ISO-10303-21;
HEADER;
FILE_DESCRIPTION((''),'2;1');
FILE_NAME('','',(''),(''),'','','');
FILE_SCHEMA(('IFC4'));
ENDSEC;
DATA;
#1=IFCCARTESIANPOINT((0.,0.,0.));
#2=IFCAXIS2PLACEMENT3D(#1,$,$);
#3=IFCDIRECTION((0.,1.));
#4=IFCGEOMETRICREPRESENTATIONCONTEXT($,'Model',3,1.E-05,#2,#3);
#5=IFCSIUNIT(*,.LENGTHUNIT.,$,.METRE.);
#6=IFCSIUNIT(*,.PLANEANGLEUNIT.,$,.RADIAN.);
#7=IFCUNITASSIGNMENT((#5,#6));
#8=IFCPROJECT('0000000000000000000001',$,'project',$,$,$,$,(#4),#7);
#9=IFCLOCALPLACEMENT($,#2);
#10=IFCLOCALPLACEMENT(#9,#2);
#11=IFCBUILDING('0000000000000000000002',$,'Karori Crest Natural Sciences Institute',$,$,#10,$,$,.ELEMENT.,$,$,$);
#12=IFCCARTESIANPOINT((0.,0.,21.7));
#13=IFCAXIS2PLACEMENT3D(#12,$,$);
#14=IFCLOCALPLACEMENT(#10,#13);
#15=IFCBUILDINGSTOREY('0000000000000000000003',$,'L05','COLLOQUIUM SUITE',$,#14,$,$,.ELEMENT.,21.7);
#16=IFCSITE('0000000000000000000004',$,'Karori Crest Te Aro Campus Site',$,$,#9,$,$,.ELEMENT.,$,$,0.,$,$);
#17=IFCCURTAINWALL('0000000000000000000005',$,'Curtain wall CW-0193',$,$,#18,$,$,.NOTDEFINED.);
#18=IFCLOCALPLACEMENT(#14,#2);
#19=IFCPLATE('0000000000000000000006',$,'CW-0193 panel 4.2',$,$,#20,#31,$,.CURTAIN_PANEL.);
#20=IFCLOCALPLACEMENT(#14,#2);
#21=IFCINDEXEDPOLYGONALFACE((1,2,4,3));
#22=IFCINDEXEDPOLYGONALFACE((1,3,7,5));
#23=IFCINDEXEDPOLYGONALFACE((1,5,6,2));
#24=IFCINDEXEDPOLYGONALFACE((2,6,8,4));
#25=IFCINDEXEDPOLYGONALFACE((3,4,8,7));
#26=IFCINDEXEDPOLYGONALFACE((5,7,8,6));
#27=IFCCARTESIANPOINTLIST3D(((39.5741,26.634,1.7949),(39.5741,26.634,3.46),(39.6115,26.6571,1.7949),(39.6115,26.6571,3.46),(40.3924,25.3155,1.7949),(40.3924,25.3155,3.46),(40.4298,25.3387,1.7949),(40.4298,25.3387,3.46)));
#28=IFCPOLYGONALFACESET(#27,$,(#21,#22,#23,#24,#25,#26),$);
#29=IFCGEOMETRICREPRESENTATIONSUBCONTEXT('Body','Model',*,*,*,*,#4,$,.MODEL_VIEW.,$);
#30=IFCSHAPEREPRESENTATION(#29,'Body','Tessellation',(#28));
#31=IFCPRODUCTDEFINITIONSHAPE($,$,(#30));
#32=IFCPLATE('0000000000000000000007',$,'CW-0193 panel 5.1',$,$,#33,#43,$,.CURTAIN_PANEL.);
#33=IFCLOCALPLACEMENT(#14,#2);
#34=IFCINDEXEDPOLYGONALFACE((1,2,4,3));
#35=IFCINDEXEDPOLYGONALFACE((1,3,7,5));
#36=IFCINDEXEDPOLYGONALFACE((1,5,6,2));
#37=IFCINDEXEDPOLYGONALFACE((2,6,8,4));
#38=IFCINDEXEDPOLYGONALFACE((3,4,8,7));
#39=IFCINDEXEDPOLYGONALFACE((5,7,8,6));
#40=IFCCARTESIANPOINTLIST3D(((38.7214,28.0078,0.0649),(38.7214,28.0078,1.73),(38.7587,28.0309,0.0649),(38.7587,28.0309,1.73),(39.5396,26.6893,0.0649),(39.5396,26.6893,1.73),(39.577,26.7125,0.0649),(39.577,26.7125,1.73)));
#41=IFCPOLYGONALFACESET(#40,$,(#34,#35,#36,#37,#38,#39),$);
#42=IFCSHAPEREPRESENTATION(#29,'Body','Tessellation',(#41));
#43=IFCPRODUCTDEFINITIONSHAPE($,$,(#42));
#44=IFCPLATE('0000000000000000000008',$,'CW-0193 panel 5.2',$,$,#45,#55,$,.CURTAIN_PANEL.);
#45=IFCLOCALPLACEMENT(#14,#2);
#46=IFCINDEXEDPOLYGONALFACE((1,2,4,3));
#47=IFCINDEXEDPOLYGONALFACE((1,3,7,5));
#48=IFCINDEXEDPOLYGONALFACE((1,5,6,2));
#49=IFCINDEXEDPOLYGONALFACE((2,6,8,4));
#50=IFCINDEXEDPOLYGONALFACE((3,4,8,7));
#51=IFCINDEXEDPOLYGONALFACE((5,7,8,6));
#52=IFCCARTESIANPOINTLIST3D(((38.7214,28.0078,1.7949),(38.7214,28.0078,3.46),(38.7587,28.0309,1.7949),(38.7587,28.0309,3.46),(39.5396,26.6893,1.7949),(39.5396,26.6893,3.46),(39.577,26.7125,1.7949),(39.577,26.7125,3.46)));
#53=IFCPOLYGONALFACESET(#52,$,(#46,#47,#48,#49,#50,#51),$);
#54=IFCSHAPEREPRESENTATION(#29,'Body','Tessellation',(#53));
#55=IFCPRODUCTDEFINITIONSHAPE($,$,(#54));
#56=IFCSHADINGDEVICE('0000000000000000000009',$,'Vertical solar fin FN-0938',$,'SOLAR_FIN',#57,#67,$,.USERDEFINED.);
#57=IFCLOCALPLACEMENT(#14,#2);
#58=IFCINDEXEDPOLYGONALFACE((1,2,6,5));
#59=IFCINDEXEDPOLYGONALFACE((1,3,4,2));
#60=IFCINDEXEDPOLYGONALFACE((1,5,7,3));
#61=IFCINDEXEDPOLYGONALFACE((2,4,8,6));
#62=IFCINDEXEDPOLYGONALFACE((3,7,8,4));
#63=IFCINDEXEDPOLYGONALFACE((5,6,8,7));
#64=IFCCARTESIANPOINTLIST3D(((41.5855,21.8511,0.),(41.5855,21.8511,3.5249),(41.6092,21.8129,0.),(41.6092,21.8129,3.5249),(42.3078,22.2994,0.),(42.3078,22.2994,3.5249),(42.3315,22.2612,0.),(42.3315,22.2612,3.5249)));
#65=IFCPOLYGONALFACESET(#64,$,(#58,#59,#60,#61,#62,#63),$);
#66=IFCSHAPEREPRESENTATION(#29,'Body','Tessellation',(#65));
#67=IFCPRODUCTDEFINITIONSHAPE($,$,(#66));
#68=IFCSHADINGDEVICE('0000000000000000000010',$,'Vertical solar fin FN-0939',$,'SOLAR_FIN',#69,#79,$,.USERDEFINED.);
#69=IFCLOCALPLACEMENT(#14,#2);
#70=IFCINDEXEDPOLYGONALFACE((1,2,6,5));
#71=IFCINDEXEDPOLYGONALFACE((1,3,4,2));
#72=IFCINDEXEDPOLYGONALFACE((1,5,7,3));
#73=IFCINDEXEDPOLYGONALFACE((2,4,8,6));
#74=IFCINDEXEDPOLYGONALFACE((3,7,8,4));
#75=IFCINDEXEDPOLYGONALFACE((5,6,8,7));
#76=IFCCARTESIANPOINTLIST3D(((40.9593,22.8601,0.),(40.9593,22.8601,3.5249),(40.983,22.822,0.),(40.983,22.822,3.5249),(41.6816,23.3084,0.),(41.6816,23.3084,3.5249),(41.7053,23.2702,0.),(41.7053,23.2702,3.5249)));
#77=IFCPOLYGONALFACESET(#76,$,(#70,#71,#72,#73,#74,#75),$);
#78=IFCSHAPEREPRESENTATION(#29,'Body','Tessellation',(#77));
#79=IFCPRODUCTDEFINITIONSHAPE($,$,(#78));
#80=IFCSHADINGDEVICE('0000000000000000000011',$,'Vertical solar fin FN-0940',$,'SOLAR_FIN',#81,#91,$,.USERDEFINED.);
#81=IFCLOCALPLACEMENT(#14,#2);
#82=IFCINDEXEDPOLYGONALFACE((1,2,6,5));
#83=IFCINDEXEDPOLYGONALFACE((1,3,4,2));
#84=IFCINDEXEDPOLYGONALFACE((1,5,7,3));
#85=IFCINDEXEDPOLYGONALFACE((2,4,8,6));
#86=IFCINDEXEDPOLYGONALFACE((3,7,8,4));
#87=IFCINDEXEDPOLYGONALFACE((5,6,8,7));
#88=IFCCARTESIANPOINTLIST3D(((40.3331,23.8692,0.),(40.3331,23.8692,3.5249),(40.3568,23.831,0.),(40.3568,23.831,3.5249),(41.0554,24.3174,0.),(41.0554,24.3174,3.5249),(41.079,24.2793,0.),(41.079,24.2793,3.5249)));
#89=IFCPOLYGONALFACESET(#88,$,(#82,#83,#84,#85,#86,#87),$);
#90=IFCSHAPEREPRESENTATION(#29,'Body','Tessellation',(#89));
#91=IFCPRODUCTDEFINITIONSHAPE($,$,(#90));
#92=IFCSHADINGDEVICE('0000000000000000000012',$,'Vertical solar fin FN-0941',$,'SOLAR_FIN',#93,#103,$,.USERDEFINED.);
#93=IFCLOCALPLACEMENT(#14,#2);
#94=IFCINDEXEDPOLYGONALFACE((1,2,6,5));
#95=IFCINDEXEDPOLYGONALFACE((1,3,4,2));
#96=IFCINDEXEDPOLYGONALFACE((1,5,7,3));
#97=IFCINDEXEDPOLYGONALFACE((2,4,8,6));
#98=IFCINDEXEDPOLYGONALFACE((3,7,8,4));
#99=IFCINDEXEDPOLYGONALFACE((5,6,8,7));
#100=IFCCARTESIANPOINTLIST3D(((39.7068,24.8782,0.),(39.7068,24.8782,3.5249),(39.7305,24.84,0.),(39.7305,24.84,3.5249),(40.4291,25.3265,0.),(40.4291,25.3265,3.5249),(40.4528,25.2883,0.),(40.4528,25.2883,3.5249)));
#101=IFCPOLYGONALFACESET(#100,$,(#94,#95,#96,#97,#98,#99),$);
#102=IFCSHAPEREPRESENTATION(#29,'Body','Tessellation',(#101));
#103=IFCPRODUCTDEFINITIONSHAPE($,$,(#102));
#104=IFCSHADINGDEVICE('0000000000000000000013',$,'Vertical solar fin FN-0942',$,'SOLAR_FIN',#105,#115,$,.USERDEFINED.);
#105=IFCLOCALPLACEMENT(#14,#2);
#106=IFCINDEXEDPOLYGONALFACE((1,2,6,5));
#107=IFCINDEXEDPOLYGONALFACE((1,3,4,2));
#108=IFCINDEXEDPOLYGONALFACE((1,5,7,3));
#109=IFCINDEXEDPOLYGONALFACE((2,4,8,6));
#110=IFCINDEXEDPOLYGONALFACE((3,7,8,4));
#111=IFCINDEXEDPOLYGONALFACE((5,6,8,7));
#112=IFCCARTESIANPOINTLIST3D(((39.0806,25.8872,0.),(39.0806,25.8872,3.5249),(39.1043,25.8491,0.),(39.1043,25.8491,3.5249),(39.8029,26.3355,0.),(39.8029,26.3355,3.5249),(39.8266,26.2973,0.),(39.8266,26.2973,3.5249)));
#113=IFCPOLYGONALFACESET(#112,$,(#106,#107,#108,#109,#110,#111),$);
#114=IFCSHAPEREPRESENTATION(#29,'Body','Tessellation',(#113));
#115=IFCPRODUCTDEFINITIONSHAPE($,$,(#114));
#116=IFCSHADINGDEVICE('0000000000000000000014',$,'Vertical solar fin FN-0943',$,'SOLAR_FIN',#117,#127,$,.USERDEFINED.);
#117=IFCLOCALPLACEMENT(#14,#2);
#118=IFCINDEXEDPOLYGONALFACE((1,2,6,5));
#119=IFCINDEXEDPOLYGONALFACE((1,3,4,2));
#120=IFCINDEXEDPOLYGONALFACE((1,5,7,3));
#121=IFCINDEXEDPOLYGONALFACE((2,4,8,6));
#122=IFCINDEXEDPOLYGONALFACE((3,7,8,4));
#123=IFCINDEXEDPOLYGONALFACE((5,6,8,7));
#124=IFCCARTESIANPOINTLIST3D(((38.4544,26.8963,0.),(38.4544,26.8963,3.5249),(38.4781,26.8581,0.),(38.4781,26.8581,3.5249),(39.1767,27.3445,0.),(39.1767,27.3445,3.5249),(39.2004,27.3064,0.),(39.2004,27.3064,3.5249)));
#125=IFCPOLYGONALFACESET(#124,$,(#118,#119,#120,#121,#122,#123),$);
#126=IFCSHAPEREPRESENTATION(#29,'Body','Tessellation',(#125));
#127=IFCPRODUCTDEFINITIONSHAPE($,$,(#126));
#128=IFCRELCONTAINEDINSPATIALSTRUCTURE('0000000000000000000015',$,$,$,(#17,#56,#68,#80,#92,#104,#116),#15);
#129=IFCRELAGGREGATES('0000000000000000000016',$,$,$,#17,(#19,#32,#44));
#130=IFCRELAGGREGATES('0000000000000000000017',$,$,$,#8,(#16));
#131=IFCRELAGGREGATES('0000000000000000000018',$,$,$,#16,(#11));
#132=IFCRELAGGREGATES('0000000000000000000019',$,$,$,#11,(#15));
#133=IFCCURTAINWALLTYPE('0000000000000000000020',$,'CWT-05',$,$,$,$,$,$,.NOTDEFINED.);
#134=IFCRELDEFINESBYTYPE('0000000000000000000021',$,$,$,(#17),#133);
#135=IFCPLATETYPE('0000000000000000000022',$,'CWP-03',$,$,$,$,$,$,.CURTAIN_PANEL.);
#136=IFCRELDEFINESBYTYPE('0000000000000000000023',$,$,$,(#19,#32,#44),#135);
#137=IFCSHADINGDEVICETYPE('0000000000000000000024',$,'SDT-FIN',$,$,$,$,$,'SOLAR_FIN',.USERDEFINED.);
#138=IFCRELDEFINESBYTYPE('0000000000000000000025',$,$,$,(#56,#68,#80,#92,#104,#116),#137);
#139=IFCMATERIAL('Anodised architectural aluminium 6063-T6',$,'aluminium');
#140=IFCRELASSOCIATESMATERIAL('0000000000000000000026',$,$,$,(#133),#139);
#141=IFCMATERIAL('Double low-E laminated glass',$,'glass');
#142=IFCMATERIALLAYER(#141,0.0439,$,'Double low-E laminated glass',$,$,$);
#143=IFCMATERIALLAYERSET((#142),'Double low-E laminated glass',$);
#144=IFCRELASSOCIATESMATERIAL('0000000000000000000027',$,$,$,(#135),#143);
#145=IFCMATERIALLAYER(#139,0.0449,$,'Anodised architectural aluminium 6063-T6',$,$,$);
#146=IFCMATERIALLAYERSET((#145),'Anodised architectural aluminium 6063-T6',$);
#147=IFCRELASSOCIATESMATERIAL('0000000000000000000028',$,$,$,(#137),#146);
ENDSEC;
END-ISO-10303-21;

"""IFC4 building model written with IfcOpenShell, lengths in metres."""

from ifc_helpers import new_model, si_unit, direction, frame, origin, origin_2d, place, context, subcontext, project, spatial, rectangle, extrude, material, layer, layer_set, type_object, element, aggregate, save


model = new_model("IFC4")

# Units and contexts
model_context = context("Model", 3, precision=1e-05, world=origin(), true_north=direction((0.0, 1.0)))
body_context = subcontext(model_context, "Body", "Model", "MODEL_VIEW")
ifc_project = project(units=[si_unit("LENGTHUNIT", "METRE"), si_unit("PLANEANGLEUNIT", "RADIAN")], contexts=[model_context])

# Site, building, storey
site_placement = place(None, origin())
site = spatial("IfcSite", under=ifc_project, at=site_placement, Name="Karori Crest Te Aro Campus Site", CompositionType="ELEMENT", RefElevation=0.0)
building_placement = place(site_placement, origin())
building = spatial("IfcBuilding", under=site, at=building_placement, Name="Karori Crest Natural Sciences Institute", CompositionType="ELEMENT")
storey_placement = place(building_placement, frame((0.0, 0.0, 21.7)))
storey = spatial("IfcBuildingStorey", under=building, at=storey_placement, Name="L05", Description="COLLOQUIUM SUITE", CompositionType="ELEMENT", Elevation=21.7)

# Curtain wall, plates
ifc_material_1 = material(Name="Anodised architectural aluminium 6063-T6", Category="aluminium")
curtain_wall_type = type_object("IfcCurtainWallType", Name="CWT-05", PredefinedType="NOTDEFINED", material=ifc_material_1)
curtain_wall_placement = place(storey_placement, origin())
curtain_wall = element("IfcCurtainWall", 1, at=curtain_wall_placement, inside=storey, type_object=curtain_wall_type, Name="Curtain wall CW-0193", PredefinedType="NOTDEFINED")
ifc_material_2 = material(Name="Double low-E laminated glass", Category="glass")
ifc_layer_1 = layer(ifc_material_2, 0.0439, Name="Double low-E laminated glass")
ifc_layer_set_1 = layer_set([ifc_layer_1], Name="Double low-E laminated glass")
plate_type = type_object("IfcPlateType", Name="CWP-03", PredefinedType="CURTAIN_PANEL", material=ifc_layer_set_1)
plate_1_placement = place(storey_placement, frame((40.002, 25.9863, 1.7949), z_axis=(0.0, 0.0, 1.0), x_axis=(-0.527328, 0.849662, 0.0)))
plate_1 = element("IfcPlate", 2, at=plate_1_placement, type_object=plate_type, Name="CW-0193 panel 4.2", PredefinedType="CURTAIN_PANEL", context=body_context, shape_type="SweptSolid", body=[
    extrude(rectangle(XDim=1.5518, YDim=0.0439, at=origin_2d()), origin(), (0.0, 0.0, 1.0), 1.665),
])
plate_2_placement = place(storey_placement, frame((39.1492, 27.3601, 0.0649), z_axis=(0.0, 0.0, 1.0), x_axis=(-0.527328, 0.849662, 0.0)))
plate_2 = element("IfcPlate", 3, at=plate_2_placement, type_object=plate_type, Name="CW-0193 panel 5.1", PredefinedType="CURTAIN_PANEL", context=body_context, shape_type="SweptSolid", body=[
    extrude(rectangle(XDim=1.5518, YDim=0.0439, at=origin_2d()), origin(), (0.0, 0.0, 1.0), 1.665),
])
plate_3_placement = place(storey_placement, frame((39.1492, 27.3601, 1.7949), z_axis=(0.0, 0.0, 1.0), x_axis=(-0.527328, 0.849662, 0.0)))
plate_3 = element("IfcPlate", 4, at=plate_3_placement, type_object=plate_type, Name="CW-0193 panel 5.2", PredefinedType="CURTAIN_PANEL", context=body_context, shape_type="SweptSolid", body=[
    extrude(rectangle(XDim=1.5518, YDim=0.0439, at=origin_2d()), origin(), (0.0, 0.0, 1.0), 1.665),
])
aggregate(curtain_wall, [plate_1, plate_2, plate_3])

# Shading devices
ifc_layer_2 = layer(ifc_material_1, 0.0449, Name="Anodised architectural aluminium 6063-T6")
ifc_layer_set_2 = layer_set([ifc_layer_2], Name="Anodised architectural aluminium 6063-T6")
shading_device_type = type_object("IfcShadingDeviceType", Name="SDT-FIN", ElementType="SOLAR_FIN", PredefinedType="USERDEFINED", material=ifc_layer_set_2)
for number, where, z_axis, x_axis, name in (
    (5, (41.9585, 22.0562, 0.0), (0.0, 0.0, 1.0), (-0.849662, -0.527328, 0.0), "Vertical solar fin FN-0938"),
    (6, (41.3323, 23.0652, 0.0), (0.0, 0.0, 1.0), (-0.849662, -0.527328, 0.0), "Vertical solar fin FN-0939"),
    (7, (40.7061, 24.0742, 0.0), (0.0, 0.0, 1.0), (-0.849662, -0.527328, 0.0), "Vertical solar fin FN-0940"),
    (8, (40.0798, 25.0833, 0.0), (0.0, 0.0, 1.0), (-0.849662, -0.527328, 0.0), "Vertical solar fin FN-0941"),
    (9, (39.4536, 26.0923, 0.0), (0.0, 0.0, 1.0), (-0.849662, -0.527328, 0.0), "Vertical solar fin FN-0942"),
    (10, (38.8274, 27.1013, 0.0), (0.0, 0.0, 1.0), (-0.849662, -0.527328, 0.0), "Vertical solar fin FN-0943"),
):
    element("IfcShadingDevice", number, at=place(storey_placement, frame(where, z_axis=z_axis, x_axis=x_axis)), inside=storey, type_object=shading_device_type, Name=name, ObjectType="SOLAR_FIN", PredefinedType="USERDEFINED", context=body_context, shape_type="SweptSolid", body=[
        extrude(rectangle(XDim=0.8501, YDim=0.0449, at=origin_2d()), origin(), (0.0, 0.0, 1.0), 3.5249),
    ])

save(model, "model.ifc")
